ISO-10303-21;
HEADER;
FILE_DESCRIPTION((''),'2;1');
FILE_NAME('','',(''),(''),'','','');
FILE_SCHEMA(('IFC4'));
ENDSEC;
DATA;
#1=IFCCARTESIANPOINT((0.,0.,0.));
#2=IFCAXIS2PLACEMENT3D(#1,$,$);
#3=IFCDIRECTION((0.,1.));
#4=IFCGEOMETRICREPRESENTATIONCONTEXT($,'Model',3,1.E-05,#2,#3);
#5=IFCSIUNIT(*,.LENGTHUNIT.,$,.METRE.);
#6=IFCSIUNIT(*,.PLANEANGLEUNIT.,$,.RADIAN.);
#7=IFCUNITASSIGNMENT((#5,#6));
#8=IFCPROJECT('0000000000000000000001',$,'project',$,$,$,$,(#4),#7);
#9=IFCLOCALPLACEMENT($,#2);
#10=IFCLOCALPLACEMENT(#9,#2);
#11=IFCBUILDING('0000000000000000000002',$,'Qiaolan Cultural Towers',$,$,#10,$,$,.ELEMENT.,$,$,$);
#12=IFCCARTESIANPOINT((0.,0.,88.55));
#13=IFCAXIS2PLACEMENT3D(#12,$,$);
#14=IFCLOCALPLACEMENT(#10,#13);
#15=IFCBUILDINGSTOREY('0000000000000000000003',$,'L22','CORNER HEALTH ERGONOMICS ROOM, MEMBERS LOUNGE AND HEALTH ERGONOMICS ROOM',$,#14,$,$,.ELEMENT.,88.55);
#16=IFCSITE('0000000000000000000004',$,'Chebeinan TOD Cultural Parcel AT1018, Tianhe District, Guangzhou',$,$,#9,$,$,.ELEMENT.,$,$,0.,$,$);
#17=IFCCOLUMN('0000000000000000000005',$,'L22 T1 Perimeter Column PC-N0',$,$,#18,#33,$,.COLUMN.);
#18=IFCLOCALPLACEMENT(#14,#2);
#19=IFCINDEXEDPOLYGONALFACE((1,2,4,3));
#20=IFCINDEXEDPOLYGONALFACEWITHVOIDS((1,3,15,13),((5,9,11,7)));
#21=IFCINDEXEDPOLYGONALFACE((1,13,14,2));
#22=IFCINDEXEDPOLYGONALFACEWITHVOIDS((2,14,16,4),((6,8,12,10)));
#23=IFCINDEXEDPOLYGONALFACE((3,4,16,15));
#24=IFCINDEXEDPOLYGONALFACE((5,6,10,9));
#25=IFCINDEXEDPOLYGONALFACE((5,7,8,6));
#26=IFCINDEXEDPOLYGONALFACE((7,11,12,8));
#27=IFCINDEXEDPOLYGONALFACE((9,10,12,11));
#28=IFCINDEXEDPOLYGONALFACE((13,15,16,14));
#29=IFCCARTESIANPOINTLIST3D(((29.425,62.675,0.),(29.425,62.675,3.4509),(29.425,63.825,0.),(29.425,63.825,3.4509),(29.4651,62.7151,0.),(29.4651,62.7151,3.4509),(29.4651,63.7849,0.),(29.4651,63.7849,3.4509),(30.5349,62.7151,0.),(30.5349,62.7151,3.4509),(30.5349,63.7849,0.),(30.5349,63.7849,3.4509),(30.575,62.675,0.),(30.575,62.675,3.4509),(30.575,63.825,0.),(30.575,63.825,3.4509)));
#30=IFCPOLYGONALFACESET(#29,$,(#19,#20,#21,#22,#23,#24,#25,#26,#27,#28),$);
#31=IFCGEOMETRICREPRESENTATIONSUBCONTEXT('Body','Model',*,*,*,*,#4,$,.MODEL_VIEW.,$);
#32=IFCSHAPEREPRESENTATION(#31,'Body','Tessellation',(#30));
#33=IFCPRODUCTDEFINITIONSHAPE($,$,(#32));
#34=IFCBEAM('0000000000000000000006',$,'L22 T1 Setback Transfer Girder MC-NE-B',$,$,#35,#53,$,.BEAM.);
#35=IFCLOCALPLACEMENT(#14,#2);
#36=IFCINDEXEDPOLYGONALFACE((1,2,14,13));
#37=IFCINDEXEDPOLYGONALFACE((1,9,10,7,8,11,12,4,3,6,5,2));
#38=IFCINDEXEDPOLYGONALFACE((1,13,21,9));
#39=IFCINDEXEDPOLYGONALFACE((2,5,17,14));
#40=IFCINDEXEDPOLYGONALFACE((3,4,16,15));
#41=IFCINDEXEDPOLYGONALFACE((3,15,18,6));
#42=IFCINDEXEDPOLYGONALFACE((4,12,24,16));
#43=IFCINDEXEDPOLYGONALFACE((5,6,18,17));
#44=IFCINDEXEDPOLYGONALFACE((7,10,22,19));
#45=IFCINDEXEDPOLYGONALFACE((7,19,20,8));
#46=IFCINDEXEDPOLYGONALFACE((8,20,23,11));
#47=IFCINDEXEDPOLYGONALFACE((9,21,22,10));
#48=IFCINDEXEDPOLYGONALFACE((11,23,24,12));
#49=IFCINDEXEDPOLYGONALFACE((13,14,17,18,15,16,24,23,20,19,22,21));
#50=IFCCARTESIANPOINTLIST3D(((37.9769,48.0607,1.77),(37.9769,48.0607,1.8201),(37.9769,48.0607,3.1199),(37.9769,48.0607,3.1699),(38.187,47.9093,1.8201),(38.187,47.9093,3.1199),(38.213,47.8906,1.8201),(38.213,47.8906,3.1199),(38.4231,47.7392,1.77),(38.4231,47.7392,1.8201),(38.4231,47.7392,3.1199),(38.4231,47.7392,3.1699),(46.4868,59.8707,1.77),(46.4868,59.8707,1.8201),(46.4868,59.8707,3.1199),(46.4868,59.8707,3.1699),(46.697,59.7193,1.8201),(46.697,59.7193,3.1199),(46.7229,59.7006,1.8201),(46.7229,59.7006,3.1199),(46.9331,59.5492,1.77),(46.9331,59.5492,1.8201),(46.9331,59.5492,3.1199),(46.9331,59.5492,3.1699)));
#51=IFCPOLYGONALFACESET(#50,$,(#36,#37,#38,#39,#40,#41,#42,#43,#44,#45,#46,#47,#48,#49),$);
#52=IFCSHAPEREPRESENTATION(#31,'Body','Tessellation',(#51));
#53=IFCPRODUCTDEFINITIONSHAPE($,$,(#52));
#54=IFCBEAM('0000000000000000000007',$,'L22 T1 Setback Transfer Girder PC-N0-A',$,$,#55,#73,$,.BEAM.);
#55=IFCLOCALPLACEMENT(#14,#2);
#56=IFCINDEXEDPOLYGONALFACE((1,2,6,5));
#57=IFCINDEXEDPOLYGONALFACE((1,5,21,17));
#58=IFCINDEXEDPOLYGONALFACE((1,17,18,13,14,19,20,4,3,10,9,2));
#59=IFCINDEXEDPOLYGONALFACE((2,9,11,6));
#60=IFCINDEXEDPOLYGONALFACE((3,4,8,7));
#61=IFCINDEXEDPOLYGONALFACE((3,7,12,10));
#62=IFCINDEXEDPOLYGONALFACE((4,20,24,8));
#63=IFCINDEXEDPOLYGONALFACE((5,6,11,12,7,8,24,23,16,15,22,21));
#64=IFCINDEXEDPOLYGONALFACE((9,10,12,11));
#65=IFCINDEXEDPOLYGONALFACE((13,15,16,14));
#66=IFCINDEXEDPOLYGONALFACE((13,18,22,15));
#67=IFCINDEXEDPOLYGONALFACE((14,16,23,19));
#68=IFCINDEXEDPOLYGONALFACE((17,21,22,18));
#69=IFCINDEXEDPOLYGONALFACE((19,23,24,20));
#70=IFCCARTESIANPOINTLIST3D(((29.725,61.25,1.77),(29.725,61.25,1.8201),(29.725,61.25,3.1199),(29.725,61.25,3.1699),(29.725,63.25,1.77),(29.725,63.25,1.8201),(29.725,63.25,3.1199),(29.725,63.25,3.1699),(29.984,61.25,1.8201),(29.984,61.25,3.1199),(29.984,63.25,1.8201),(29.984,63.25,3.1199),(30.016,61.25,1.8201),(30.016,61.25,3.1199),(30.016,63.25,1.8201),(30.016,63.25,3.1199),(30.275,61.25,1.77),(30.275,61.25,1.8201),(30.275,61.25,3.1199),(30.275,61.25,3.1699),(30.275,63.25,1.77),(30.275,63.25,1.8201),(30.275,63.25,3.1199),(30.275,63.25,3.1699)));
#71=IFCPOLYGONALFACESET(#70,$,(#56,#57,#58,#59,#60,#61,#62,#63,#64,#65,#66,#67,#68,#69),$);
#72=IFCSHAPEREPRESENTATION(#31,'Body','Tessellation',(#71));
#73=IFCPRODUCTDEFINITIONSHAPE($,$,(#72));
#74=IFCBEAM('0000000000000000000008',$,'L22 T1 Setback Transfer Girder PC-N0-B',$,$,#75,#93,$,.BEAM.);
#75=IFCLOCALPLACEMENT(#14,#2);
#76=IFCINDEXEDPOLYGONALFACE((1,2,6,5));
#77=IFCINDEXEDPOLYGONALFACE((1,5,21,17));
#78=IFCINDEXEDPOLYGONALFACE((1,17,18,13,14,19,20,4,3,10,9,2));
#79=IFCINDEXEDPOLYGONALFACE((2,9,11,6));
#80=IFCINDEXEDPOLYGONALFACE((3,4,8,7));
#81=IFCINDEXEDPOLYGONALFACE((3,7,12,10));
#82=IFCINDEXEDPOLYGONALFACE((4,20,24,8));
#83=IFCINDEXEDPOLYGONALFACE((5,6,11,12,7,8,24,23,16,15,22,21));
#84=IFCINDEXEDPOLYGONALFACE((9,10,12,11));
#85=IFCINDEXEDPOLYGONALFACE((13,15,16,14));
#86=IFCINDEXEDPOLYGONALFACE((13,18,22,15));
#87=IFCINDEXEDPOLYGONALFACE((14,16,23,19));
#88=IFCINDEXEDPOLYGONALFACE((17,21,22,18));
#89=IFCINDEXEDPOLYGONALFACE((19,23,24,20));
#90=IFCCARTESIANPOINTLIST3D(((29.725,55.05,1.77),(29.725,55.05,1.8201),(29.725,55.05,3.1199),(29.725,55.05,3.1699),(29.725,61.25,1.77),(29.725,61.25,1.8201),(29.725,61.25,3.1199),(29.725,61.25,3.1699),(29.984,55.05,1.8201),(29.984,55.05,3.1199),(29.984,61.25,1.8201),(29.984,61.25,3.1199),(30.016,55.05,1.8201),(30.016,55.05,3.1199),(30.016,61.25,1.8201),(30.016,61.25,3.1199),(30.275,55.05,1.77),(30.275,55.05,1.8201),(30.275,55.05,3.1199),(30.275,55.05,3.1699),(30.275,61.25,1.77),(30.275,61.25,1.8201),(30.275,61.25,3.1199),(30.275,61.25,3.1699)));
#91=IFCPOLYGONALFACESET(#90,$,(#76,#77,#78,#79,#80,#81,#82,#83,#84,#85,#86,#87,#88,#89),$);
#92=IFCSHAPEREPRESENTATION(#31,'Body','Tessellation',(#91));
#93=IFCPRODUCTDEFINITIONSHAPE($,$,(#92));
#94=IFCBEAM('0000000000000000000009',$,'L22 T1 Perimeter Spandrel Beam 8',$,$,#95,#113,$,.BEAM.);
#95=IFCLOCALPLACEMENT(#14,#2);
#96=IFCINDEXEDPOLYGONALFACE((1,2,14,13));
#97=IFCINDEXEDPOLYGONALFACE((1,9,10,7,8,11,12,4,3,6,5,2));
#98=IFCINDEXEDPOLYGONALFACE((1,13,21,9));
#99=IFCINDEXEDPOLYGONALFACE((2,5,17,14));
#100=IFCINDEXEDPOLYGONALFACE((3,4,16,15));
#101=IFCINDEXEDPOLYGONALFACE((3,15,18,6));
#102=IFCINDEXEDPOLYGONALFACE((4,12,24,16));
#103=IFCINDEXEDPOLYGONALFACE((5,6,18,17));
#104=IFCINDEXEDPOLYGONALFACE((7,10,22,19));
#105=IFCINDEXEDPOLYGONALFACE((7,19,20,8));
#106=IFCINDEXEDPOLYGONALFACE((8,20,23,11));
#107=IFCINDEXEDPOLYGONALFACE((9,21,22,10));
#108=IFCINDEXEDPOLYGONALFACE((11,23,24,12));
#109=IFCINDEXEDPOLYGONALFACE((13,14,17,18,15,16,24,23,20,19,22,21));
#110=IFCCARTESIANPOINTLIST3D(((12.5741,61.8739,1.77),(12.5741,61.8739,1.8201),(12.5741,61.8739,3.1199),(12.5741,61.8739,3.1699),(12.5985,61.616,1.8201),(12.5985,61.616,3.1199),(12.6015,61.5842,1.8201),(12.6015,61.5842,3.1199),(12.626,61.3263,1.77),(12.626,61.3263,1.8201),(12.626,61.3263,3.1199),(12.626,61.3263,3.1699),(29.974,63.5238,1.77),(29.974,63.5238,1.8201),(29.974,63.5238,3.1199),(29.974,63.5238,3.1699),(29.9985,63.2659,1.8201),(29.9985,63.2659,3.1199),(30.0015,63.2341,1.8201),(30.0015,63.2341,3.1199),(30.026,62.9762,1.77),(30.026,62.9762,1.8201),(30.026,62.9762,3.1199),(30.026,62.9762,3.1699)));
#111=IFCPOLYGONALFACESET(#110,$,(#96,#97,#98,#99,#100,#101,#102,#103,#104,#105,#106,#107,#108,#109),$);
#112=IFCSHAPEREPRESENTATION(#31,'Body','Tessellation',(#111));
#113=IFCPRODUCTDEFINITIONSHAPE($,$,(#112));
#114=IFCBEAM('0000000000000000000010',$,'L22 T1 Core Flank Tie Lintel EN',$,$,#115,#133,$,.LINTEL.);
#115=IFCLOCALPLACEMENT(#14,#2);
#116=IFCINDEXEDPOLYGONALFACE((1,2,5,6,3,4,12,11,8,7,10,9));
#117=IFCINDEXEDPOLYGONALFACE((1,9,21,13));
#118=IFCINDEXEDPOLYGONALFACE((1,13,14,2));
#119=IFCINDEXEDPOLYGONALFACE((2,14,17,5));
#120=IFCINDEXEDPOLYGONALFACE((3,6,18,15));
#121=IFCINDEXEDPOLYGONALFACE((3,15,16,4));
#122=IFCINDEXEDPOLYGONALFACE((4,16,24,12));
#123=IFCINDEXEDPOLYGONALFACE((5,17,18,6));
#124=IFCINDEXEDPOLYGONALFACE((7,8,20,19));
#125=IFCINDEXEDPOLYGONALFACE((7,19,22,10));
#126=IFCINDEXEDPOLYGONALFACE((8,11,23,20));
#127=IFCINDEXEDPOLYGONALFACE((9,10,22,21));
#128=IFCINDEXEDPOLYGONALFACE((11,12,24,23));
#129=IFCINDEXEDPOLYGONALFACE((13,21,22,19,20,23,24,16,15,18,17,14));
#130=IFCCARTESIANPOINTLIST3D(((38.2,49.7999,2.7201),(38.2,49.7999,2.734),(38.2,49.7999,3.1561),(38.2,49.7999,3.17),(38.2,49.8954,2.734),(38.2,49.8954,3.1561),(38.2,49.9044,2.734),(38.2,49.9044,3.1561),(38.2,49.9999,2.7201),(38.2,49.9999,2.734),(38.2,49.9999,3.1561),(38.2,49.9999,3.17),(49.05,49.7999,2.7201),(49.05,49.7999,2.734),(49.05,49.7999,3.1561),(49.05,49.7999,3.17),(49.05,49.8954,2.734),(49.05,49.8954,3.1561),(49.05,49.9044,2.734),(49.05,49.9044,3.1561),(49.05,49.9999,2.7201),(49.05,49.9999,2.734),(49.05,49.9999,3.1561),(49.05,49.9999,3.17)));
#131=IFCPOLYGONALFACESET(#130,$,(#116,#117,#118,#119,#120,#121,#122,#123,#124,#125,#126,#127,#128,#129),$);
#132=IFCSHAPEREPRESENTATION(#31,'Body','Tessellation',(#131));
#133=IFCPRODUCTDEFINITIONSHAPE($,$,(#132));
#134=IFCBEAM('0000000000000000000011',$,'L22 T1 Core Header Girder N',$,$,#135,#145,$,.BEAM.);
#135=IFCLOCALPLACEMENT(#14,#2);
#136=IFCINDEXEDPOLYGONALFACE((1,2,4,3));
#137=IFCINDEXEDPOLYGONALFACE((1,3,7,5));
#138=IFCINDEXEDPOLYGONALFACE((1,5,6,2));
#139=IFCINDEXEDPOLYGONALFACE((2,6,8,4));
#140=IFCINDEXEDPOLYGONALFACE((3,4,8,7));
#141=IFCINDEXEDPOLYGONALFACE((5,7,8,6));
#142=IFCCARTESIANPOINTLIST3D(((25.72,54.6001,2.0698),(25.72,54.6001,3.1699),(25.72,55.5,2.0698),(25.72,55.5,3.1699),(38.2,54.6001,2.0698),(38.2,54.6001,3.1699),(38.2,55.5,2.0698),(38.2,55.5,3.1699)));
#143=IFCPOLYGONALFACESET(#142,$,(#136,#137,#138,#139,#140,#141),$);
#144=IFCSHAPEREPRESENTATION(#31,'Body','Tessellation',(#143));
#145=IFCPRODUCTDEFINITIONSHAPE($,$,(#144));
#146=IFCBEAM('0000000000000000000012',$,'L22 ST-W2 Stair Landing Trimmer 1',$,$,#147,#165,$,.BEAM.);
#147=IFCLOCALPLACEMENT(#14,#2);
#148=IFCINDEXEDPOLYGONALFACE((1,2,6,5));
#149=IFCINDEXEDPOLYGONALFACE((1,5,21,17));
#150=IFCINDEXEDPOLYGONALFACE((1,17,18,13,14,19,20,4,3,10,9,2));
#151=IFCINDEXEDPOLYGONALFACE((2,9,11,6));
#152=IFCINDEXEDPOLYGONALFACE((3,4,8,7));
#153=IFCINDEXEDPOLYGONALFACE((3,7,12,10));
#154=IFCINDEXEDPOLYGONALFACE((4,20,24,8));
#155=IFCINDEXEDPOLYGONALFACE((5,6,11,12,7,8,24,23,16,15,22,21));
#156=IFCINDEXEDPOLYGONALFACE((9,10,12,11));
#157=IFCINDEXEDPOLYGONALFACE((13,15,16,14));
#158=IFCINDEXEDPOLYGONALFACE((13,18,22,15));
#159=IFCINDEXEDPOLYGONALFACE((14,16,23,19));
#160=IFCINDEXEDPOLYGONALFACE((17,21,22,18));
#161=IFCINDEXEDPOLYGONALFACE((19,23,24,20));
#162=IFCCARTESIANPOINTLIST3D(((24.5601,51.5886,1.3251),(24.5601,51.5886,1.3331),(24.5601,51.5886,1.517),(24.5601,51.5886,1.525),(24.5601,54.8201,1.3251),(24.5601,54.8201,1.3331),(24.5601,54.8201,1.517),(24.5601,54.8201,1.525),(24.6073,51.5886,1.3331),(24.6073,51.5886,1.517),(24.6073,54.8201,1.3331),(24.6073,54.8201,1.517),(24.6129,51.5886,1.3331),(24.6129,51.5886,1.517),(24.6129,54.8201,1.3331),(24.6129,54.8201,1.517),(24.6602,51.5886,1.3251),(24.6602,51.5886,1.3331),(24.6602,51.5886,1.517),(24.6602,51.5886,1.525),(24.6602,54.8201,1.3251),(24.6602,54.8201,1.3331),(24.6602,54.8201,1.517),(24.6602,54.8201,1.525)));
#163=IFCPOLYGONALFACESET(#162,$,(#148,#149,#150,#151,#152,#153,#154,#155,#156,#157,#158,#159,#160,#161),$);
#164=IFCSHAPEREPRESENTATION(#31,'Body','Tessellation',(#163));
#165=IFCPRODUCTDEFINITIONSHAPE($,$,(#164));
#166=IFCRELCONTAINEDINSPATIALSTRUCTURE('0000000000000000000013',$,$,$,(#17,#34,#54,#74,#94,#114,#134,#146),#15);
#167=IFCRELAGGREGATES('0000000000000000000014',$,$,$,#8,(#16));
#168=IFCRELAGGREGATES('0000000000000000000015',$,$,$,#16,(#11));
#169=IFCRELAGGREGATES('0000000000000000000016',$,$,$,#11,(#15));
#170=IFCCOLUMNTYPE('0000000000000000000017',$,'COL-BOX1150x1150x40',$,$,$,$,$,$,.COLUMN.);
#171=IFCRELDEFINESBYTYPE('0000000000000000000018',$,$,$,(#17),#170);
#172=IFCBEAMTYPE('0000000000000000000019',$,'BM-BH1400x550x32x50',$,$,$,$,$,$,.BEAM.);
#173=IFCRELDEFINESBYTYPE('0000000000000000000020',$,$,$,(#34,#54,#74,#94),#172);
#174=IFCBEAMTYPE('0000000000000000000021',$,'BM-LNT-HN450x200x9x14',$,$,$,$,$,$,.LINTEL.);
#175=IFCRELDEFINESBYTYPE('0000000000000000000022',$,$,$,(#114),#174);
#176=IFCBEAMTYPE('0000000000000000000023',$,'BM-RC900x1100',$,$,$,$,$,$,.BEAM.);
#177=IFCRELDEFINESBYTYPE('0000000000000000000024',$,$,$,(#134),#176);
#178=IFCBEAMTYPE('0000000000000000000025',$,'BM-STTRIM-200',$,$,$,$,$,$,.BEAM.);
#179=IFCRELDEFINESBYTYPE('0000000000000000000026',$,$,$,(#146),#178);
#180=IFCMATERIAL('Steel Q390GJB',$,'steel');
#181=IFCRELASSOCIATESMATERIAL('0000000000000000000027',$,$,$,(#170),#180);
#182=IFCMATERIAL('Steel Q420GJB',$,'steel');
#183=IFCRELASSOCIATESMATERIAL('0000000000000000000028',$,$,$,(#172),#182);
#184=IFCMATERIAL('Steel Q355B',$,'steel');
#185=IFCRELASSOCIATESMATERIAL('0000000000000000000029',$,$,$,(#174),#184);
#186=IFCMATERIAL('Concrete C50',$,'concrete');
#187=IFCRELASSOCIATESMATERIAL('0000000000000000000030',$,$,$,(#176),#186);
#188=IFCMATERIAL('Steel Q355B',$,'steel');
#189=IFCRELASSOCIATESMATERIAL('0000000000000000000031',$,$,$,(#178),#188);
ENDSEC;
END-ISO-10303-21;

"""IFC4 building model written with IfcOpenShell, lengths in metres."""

from ifc_helpers import new_model, si_unit, direction, frame, origin, origin_2d, place, context, subcontext, project, spatial, rectangle, hollow_rectangle, i_section, extrude, material, material_profile, profile_set, type_object, element, save


model = new_model("IFC4")

# Units and contexts
model_context = context("Model", 3, precision=1e-05, world=origin(), true_north=direction((0.0, 1.0)))
body_context = subcontext(model_context, "Body", "Model", "MODEL_VIEW")
ifc_project = project(units=[si_unit("LENGTHUNIT", "METRE"), si_unit("PLANEANGLEUNIT", "RADIAN")], contexts=[model_context])

# Site, building, storey
site_placement = place(None, origin())
site = spatial("IfcSite", under=ifc_project, at=site_placement, Name="Chebeinan TOD Cultural Parcel AT1018, Tianhe District, Guangzhou", CompositionType="ELEMENT", RefElevation=0.0)
building_placement = place(site_placement, origin())
building = spatial("IfcBuilding", under=site, at=building_placement, Name="Qiaolan Cultural Towers", CompositionType="ELEMENT")
storey_placement = place(building_placement, frame((0.0, 0.0, 88.55)))
storey = spatial("IfcBuildingStorey", under=building, at=storey_placement, Name="L22", Description="CORNER HEALTH ERGONOMICS ROOM, MEMBERS LOUNGE AND HEALTH ERGONOMICS ROOM", CompositionType="ELEMENT", Elevation=88.55)

# Column
ifc_material_1 = material(Name="Steel Q390GJB", Category="steel")
ifc_material_profile_1 = material_profile(ifc_material_1, hollow_rectangle(XDim=1.1499, YDim=1.1499, WallThickness=0.04, at=origin_2d()), Name="BOX1150x1150x40")
ifc_profile_set_1 = profile_set([ifc_material_profile_1], Name="Steel Q390GJB")
column_type = type_object("IfcColumnType", Name="COL-BOX1150x1150x40", PredefinedType="COLUMN", material=ifc_profile_set_1)
column_placement = place(storey_placement, frame((30.0, 63.25, 0.0), z_axis=(0.0, 0.0, 1.0), x_axis=(1.0, 0.0, 0.0)))
element("IfcColumn", 1, at=column_placement, inside=storey, type_object=column_type, Name="L22 T1 Perimeter Column PC-N0", PredefinedType="COLUMN", context=body_context, shape_type="SweptSolid", body=[
    extrude(hollow_rectangle(XDim=1.1499, YDim=1.1499, WallThickness=0.04, at=origin_2d()), origin(), (0.0, 0.0, 1.0), 3.4509),
])

# Beams
ifc_material_2 = material(Name="Steel Q420GJB", Category="steel")
ifc_material_profile_2 = material_profile(ifc_material_2, i_section(OverallWidth=0.55, OverallDepth=1.3999, WebThickness=0.032, FlangeThickness=0.05, at=origin_2d()), Name="BH1400x550x32x50")
ifc_profile_set_2 = profile_set([ifc_material_profile_2], Name="Steel Q420GJB")
beam_type_1 = type_object("IfcBeamType", Name="BM-BH1400x550x32x50", PredefinedType="BEAM", material=ifc_profile_set_2)
beam_1_placement = place(storey_placement, frame((46.71, 59.71, 2.47), z_axis=(-0.584611, -0.811314, 0.0), x_axis=(0.811314, -0.584611, 0.0)))
element("IfcBeam", 2, at=beam_1_placement, inside=storey, type_object=beam_type_1, Name="L22 T1 Setback Transfer Girder MC-NE-B", PredefinedType="BEAM", context=body_context, shape_type="SweptSolid", body=[
    extrude(i_section(OverallWidth=0.55, OverallDepth=1.3999, WebThickness=0.032, FlangeThickness=0.05, at=origin_2d()), origin(), (0.0, 0.0, 1.0), 14.5566),
])
beam_2_placement = place(storey_placement, frame((30.0, 63.25, 2.47), z_axis=(0.0, -1.0, 0.0), x_axis=(1.0, 0.0, 0.0)))
element("IfcBeam", 3, at=beam_2_placement, inside=storey, type_object=beam_type_1, Name="L22 T1 Setback Transfer Girder PC-N0-A", PredefinedType="BEAM", context=body_context, shape_type="SweptSolid", body=[
    extrude(i_section(OverallWidth=0.55, OverallDepth=1.3999, WebThickness=0.032, FlangeThickness=0.05, at=origin_2d()), origin(), (0.0, 0.0, 1.0), 2.0),
])
beam_3_placement = place(storey_placement, frame((30.0, 61.25, 2.47), z_axis=(0.0, -1.0, 0.0), x_axis=(1.0, 0.0, 0.0)))
element("IfcBeam", 4, at=beam_3_placement, inside=storey, type_object=beam_type_1, Name="L22 T1 Setback Transfer Girder PC-N0-B", PredefinedType="BEAM", context=body_context, shape_type="SweptSolid", body=[
    extrude(i_section(OverallWidth=0.55, OverallDepth=1.3999, WebThickness=0.032, FlangeThickness=0.05, at=origin_2d()), origin(), (0.0, 0.0, 1.0), 6.2),
])
beam_4_placement = place(storey_placement, frame((30.0, 63.25, 2.47), z_axis=(-0.995534, -0.094399, 0.0), x_axis=(0.094399, -0.995534, 0.0)))
element("IfcBeam", 5, at=beam_4_placement, inside=storey, type_object=beam_type_1, Name="L22 T1 Perimeter Spandrel Beam 8", PredefinedType="BEAM", context=body_context, shape_type="SweptSolid", body=[
    extrude(i_section(OverallWidth=0.55, OverallDepth=1.3999, WebThickness=0.032, FlangeThickness=0.05, at=origin_2d()), origin(), (0.0, 0.0, 1.0), 17.478),
])
ifc_material_3 = material(Name="Steel Q355B", Category="steel")
ifc_material_profile_3 = material_profile(ifc_material_3, i_section(OverallWidth=0.2, OverallDepth=0.45, WebThickness=0.009, FlangeThickness=0.0139, at=origin_2d()), Name="HN450x200x9x14")
ifc_profile_set_3 = profile_set([ifc_material_profile_3], Name="Steel Q355B")
beam_type_2 = type_object("IfcBeamType", Name="BM-LNT-HN450x200x9x14", PredefinedType="LINTEL", material=ifc_profile_set_3)
beam_5_placement = place(storey_placement, frame((38.2, 49.8999, 2.9451), z_axis=(1.0, 0.0, 0.0), x_axis=(0.0, 1.0, 0.0)))
element("IfcBeam", 6, at=beam_5_placement, inside=storey, type_object=beam_type_2, Name="L22 T1 Core Flank Tie Lintel EN", PredefinedType="LINTEL", context=body_context, shape_type="SweptSolid", body=[
    extrude(i_section(OverallWidth=0.2, OverallDepth=0.45, WebThickness=0.009, FlangeThickness=0.0139, at=origin_2d()), origin(), (0.0, 0.0, 1.0), 10.8501),
])
ifc_material_4 = material(Name="Concrete C50", Category="concrete")
ifc_material_profile_4 = material_profile(ifc_material_4, rectangle(XDim=0.8999, YDim=1.1001, at=origin_2d()), Name="RC900x1100")
ifc_profile_set_4 = profile_set([ifc_material_profile_4], Name="Concrete C50")
beam_type_3 = type_object("IfcBeamType", Name="BM-RC900x1100", PredefinedType="BEAM", material=ifc_profile_set_4)
beam_6_placement = place(storey_placement, frame((25.72, 55.05, 2.6199), z_axis=(1.0, 0.0, 0.0), x_axis=(0.0, 1.0, 0.0)))
element("IfcBeam", 7, at=beam_6_placement, inside=storey, type_object=beam_type_3, Name="L22 T1 Core Header Girder N", PredefinedType="BEAM", context=body_context, shape_type="SweptSolid", body=[
    extrude(rectangle(XDim=0.8999, YDim=1.1001, at=origin_2d()), origin(), (0.0, 0.0, 1.0), 12.48),
])
ifc_material_5 = material(Name="Steel Q355B", Category="steel")
ifc_material_profile_5 = material_profile(ifc_material_5, i_section(OverallWidth=0.1001, OverallDepth=0.2, WebThickness=0.0056, FlangeThickness=0.0081, at=origin_2d()), Name="HN200x100x5.5x8")
ifc_profile_set_5 = profile_set([ifc_material_profile_5], Name="Steel Q355B")
beam_type_4 = type_object("IfcBeamType", Name="BM-STTRIM-200", PredefinedType="BEAM", material=ifc_profile_set_5)
beam_7_placement = place(storey_placement, frame((24.6101, 51.5886, 1.425), z_axis=(0.0, 1.0, 0.0), x_axis=(-1.0, 0.0, 0.0)))
element("IfcBeam", 8, at=beam_7_placement, inside=storey, type_object=beam_type_4, Name="L22 ST-W2 Stair Landing Trimmer 1", PredefinedType="BEAM", context=body_context, shape_type="SweptSolid", body=[
    extrude(i_section(OverallWidth=0.1001, OverallDepth=0.2, WebThickness=0.0056, FlangeThickness=0.0081, at=origin_2d()), origin(), (0.0, 0.0, 1.0), 3.2314),
])

save(model, "model.ifc")
